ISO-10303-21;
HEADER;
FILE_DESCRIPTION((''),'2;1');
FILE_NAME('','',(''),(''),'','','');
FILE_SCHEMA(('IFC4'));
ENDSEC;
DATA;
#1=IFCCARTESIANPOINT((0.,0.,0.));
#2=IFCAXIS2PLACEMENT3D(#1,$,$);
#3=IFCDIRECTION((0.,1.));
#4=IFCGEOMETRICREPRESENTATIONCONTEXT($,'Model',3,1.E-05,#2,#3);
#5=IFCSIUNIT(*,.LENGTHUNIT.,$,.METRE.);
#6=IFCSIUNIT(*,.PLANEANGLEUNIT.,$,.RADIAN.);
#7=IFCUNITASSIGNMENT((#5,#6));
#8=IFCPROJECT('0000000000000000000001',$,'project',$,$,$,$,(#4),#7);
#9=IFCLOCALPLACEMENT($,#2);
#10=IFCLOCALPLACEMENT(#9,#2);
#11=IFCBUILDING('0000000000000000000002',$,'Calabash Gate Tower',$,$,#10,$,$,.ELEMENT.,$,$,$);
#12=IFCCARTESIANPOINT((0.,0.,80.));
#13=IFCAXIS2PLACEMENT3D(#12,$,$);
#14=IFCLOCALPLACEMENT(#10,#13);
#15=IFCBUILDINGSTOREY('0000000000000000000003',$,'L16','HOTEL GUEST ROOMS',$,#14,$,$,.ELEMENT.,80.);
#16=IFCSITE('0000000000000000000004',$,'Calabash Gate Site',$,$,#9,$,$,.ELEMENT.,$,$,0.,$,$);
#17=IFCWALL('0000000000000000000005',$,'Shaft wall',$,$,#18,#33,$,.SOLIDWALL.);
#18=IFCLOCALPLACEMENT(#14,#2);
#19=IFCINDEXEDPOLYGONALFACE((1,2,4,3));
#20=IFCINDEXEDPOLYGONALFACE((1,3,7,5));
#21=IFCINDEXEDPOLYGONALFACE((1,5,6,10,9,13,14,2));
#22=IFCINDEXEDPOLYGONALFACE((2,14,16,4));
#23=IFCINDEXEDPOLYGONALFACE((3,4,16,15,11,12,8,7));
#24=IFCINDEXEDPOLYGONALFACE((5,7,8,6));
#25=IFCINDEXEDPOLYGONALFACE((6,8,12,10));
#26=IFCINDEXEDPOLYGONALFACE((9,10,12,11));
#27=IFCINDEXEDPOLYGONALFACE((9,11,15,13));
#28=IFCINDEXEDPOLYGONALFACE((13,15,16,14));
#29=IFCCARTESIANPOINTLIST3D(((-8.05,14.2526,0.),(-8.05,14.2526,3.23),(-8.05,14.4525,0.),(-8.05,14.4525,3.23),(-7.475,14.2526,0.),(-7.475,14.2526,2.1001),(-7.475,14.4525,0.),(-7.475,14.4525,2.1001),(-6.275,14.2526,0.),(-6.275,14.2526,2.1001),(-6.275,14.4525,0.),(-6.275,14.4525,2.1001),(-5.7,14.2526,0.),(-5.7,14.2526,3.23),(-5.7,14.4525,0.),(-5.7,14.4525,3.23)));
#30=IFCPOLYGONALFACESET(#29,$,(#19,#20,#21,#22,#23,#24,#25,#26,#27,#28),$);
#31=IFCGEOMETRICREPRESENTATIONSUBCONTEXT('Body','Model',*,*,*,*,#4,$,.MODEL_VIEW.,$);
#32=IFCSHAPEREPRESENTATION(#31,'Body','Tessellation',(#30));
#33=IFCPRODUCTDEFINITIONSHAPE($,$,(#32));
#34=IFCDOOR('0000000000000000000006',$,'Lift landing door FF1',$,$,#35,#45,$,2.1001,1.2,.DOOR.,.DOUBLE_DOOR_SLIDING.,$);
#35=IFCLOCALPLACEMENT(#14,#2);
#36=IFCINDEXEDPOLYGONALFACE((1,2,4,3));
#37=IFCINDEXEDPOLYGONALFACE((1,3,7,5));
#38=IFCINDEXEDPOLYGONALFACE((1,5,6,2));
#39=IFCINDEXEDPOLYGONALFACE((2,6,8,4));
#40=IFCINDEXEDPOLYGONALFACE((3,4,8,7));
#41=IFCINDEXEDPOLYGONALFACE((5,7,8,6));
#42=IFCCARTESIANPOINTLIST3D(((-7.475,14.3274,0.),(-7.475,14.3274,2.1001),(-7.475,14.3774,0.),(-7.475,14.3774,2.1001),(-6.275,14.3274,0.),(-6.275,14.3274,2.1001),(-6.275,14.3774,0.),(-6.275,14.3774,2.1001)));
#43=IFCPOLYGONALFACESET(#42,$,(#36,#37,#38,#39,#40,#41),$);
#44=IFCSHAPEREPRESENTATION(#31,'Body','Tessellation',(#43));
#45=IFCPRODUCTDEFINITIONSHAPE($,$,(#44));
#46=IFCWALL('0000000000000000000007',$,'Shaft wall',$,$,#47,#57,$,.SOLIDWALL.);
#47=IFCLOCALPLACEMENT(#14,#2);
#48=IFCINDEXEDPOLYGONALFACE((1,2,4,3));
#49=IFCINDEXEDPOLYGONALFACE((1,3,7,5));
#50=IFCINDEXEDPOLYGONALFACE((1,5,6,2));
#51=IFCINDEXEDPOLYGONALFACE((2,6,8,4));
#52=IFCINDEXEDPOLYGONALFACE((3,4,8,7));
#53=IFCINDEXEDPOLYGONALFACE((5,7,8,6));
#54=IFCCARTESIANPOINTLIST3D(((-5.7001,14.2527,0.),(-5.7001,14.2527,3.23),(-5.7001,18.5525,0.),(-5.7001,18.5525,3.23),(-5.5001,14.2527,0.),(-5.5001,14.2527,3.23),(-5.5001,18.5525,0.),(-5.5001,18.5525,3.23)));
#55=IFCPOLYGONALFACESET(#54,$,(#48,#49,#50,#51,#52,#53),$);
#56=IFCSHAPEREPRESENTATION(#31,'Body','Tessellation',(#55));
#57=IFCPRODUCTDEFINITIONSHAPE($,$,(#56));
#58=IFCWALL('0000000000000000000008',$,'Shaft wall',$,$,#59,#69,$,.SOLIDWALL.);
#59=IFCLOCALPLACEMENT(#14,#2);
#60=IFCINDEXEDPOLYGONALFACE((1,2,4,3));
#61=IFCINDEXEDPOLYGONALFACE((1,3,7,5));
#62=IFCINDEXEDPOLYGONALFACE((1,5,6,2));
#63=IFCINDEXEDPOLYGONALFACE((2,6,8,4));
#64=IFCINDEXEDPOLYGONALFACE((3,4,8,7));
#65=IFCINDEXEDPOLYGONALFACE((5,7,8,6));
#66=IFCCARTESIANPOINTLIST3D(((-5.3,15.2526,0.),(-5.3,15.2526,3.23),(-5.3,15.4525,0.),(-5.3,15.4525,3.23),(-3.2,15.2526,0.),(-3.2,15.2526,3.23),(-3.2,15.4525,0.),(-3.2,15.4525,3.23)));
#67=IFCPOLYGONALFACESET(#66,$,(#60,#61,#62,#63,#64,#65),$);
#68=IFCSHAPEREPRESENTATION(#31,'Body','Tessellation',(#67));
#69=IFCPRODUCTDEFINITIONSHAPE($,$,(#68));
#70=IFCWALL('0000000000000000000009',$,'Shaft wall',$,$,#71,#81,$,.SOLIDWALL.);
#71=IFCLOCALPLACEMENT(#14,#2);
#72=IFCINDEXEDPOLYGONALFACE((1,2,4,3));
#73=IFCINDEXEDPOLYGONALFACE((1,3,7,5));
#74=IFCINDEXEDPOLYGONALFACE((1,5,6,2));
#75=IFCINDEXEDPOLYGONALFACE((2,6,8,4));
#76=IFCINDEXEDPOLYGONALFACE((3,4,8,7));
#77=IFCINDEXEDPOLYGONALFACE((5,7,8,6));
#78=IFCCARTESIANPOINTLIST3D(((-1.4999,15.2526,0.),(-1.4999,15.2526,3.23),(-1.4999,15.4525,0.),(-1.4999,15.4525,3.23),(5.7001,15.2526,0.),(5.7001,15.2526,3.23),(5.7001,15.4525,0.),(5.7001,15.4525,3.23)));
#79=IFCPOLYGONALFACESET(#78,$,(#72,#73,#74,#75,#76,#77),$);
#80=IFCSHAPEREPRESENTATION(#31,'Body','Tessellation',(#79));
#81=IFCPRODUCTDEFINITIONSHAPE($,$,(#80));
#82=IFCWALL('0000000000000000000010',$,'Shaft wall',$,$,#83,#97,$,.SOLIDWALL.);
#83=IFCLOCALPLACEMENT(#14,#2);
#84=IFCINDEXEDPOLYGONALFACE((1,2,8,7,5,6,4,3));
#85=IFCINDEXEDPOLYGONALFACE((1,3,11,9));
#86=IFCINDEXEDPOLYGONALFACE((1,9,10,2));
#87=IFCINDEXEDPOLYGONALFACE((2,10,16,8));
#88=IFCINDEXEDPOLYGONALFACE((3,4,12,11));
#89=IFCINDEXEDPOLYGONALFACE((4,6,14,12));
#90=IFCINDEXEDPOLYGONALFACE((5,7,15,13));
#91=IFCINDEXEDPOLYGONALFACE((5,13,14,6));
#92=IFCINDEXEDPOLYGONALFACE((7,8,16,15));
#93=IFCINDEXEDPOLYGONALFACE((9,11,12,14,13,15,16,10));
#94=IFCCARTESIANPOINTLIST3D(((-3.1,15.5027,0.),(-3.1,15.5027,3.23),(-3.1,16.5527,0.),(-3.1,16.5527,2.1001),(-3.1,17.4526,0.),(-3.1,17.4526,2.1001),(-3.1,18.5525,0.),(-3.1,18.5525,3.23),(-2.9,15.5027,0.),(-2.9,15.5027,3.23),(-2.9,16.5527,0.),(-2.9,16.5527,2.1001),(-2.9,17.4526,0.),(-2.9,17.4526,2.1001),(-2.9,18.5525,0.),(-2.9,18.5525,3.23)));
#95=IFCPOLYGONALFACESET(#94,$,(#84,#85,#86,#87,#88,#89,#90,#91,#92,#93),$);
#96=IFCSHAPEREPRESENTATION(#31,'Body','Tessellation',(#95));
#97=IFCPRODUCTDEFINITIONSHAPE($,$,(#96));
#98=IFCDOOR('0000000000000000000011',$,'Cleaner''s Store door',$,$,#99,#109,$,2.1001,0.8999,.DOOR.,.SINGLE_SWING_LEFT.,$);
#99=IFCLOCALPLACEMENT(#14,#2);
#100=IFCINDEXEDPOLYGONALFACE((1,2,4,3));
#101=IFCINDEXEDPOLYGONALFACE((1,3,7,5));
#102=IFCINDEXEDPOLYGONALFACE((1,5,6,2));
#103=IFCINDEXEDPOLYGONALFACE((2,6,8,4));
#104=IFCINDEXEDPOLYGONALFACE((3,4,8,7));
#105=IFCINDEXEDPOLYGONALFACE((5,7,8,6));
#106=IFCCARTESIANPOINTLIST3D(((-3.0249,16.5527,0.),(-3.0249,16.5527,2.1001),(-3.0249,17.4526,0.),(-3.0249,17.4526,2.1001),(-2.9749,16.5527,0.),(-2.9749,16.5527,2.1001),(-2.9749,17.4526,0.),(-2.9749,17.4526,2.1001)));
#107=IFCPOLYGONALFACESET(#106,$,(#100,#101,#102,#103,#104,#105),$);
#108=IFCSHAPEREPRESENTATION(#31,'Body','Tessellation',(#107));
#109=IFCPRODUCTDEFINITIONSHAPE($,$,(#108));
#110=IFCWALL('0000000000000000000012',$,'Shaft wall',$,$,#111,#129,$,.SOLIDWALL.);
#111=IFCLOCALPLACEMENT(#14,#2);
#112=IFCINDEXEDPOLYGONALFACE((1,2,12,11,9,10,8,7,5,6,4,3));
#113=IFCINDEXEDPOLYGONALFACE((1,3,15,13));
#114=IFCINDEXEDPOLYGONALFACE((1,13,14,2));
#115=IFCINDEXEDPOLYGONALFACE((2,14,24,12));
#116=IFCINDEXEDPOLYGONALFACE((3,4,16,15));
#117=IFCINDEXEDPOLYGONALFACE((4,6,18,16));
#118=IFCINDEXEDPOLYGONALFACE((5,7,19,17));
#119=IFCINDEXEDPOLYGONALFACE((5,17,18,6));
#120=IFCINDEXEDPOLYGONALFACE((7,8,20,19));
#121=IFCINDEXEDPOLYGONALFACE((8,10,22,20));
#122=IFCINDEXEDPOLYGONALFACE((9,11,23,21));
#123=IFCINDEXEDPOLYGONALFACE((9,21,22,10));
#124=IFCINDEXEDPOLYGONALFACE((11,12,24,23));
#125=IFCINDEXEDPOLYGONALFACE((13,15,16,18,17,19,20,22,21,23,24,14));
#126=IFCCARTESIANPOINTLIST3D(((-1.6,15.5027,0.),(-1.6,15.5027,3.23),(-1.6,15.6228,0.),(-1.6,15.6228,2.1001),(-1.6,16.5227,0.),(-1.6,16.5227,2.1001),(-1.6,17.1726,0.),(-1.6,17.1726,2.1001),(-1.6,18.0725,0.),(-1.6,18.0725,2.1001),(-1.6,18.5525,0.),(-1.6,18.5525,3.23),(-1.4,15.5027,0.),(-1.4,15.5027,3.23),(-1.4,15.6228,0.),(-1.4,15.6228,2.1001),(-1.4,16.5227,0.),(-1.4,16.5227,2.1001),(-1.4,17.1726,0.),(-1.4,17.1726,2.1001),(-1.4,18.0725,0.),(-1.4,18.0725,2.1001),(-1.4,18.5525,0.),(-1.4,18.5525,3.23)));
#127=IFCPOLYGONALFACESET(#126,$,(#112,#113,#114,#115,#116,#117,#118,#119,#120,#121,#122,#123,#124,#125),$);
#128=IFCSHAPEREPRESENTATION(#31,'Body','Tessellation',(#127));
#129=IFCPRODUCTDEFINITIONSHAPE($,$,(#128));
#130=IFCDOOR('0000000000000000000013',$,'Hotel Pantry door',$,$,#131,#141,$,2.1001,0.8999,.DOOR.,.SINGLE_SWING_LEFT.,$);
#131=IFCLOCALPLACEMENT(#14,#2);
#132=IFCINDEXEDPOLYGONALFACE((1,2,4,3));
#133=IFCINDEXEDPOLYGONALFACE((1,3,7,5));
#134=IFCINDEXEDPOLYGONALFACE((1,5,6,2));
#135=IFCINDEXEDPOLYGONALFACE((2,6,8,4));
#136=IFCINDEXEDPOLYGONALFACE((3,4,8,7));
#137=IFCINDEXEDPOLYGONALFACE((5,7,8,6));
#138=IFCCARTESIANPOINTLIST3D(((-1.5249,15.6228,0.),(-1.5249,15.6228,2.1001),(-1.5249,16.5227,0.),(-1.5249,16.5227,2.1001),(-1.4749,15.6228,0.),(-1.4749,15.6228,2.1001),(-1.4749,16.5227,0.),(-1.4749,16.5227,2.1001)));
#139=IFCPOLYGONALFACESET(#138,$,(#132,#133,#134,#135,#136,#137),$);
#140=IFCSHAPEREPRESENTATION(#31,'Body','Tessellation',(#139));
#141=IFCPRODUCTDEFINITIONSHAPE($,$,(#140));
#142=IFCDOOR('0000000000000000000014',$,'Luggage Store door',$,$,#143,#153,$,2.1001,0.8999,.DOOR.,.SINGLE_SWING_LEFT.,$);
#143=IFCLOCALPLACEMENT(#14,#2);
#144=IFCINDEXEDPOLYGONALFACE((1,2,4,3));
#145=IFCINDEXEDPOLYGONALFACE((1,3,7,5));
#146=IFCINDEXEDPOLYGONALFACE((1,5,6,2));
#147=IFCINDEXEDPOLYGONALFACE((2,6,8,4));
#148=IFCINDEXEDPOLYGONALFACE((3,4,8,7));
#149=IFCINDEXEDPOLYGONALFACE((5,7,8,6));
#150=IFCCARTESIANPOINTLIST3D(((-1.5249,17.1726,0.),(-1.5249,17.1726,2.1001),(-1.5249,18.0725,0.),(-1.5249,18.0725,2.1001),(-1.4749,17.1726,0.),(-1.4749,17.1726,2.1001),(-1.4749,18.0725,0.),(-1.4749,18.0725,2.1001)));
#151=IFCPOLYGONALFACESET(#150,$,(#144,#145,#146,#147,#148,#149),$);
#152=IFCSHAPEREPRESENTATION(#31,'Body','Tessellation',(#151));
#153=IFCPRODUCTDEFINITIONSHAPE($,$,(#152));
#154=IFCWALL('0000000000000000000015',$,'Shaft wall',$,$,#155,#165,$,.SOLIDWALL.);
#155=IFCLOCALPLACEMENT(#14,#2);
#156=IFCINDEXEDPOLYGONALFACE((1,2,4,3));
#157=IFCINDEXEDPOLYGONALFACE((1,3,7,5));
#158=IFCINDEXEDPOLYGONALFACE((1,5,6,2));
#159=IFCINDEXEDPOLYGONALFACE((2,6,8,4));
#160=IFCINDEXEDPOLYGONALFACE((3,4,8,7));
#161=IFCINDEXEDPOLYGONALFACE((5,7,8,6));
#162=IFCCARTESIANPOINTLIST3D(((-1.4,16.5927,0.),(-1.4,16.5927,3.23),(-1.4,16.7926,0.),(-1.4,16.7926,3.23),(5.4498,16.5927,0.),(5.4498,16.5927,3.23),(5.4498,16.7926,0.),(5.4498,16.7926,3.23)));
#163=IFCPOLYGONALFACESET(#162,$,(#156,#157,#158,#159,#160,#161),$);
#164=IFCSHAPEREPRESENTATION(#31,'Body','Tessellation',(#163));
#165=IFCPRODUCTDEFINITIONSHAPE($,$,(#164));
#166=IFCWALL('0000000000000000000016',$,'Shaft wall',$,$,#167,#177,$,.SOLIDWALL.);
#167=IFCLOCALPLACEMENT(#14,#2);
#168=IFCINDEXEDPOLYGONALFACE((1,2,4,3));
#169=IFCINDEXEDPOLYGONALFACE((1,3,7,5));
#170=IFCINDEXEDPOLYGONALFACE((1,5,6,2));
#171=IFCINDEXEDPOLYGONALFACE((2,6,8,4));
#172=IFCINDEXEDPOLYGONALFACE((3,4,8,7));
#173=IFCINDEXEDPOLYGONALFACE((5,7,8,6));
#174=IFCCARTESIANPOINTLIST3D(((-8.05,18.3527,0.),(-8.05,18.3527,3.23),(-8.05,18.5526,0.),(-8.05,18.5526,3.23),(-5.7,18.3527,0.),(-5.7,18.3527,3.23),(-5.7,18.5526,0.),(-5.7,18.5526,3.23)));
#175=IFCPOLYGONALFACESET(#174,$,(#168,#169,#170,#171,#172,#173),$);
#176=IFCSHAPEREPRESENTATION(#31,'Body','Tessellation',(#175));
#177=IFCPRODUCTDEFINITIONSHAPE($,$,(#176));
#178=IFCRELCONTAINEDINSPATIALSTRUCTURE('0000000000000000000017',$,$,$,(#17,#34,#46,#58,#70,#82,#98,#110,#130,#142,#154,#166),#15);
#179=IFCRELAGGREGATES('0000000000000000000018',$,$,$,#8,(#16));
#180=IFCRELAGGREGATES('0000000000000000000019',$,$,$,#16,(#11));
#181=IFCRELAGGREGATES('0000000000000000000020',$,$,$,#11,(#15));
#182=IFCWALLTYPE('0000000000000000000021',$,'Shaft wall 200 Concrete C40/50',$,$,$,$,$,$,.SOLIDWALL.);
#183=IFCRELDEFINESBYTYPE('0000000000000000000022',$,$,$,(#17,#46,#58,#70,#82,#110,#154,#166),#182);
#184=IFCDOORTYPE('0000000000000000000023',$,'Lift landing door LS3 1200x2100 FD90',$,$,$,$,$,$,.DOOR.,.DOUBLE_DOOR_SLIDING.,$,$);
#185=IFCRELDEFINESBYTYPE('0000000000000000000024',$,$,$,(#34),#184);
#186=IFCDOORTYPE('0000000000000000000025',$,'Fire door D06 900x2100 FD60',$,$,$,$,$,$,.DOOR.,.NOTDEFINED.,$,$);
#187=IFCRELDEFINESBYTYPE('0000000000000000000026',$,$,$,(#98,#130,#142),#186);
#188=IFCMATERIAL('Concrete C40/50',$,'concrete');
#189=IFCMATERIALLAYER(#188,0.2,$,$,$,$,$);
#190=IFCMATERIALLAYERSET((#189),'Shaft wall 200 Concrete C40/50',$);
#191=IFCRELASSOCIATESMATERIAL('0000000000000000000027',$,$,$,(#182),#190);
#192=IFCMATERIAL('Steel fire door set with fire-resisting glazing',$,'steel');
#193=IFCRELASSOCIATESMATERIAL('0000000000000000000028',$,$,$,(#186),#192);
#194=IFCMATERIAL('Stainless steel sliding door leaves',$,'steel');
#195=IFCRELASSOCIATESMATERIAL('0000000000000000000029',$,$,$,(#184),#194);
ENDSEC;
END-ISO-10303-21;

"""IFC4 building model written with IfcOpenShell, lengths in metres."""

from ifc_helpers import new_model, si_unit, direction, frame, frame_2d, origin, place, context, subcontext, project, spatial, rectangle, extrude, material, layer, layer_set, type_object, element, fill, save


model = new_model("IFC4")

# Units and contexts
model_context = context("Model", 3, precision=1e-05, world=origin(), true_north=direction((0.0, 1.0)))
body_context = subcontext(model_context, "Body", "Model", "MODEL_VIEW")
ifc_project = project(units=[si_unit("LENGTHUNIT", "METRE"), si_unit("PLANEANGLEUNIT", "RADIAN")], contexts=[model_context])

# Site, building, storey
site_placement = place(None, origin())
site = spatial("IfcSite", under=ifc_project, at=site_placement, Name="Calabash Gate Site", CompositionType="ELEMENT", RefElevation=0.0)
building_placement = place(site_placement, origin())
building = spatial("IfcBuilding", under=site, at=building_placement, Name="Calabash Gate Tower", CompositionType="ELEMENT")
storey_placement = place(building_placement, frame((0.0, 0.0, 80.0)))
storey = spatial("IfcBuildingStorey", under=building, at=storey_placement, Name="L16", Description="HOTEL GUEST ROOMS", CompositionType="ELEMENT", Elevation=80.0)

# Shared definitions
ifc_material_1 = material(Name="Concrete C40/50", Category="concrete")
ifc_layer_1 = layer(ifc_material_1, 0.2)
ifc_layer_set_1 = layer_set([ifc_layer_1], Name="Shaft wall 200 Concrete C40/50")
wall_type_1 = type_object("IfcWallType", Name="Shaft wall 200 Concrete C40/50", PredefinedType="SOLIDWALL", material=ifc_layer_set_1)

# Shared definitions
ifc_material_2 = material(Name="Steel fire door set with fire-resisting glazing", Category="steel")
door_type_1 = type_object("IfcDoorType", Name="Fire door D06 900x2100 FD60", OperationType="NOTDEFINED", PredefinedType="DOOR", material=ifc_material_2)

# Wall, opening, door
wall_1_placement = place(storey_placement, frame((-8.05, 14.3525, 0.0), z_axis=(0.0, 0.0, 1.0), x_axis=(1.0, 0.0, 0.0)))
wall_1 = element("IfcWall", 1, at=wall_1_placement, inside=storey, type_object=wall_type_1, Name="Shaft wall", PredefinedType="SOLIDWALL", context=body_context, shape_type="SweptSolid", body=[
    extrude(rectangle(XDim=2.3501, YDim=0.2, at=frame_2d((1.175, 0.0))), origin(), (0.0, 0.0, 1.0), 3.23),
])
opening_1_placement = place(wall_1_placement, frame((0.575, 0.0, 0.0)))
opening_1 = element("IfcOpeningElement", 2, at=opening_1_placement, cuts=wall_1, PredefinedType="OPENING", context=body_context, shape_type="SweptSolid", body=[
    extrude(rectangle(XDim=1.2, YDim=2.1001, at=frame_2d((0.6001, 1.05))), frame((0.0, 0.1099, 0.0), z_axis=(0.0, -1.0, 0.0), x_axis=(1.0, 0.0, 0.0)), (0.0, 0.0, 1.0), 0.22),
])
ifc_material_3 = material(Name="Stainless steel sliding door leaves", Category="steel")
door_type_2 = type_object("IfcDoorType", Name="Lift landing door LS3 1200x2100 FD90", OperationType="DOUBLE_DOOR_SLIDING", PredefinedType="DOOR", material=ifc_material_3)
door_1_placement = place(opening_1_placement, origin())
door_1 = element("IfcDoor", 3, at=door_1_placement, inside=storey, type_object=door_type_2, Name="Lift landing door FF1", OperationType="DOUBLE_DOOR_SLIDING", OverallHeight=2.1001, OverallWidth=1.2, PredefinedType="DOOR", context=body_context, shape_type="SweptSolid", body=[
    extrude(rectangle(XDim=1.2, YDim=2.1001, at=frame_2d((0.6001, 1.05))), frame((0.0, 0.0249, 0.0), z_axis=(0.0, -1.0, 0.0), x_axis=(1.0, 0.0, 0.0)), (0.0, 0.0, 1.0), 0.05),
])
fill(opening_1, door_1)

# Walls
wall_2_placement = place(storey_placement, frame((-5.6001, 14.2527, 0.0), z_axis=(0.0, 0.0, 1.0), x_axis=(0.0, 1.0, 0.0)))
element("IfcWall", 4, at=wall_2_placement, inside=storey, type_object=wall_type_1, Name="Shaft wall", PredefinedType="SOLIDWALL", context=body_context, shape_type="SweptSolid", body=[
    extrude(rectangle(XDim=4.2998, YDim=0.2, at=frame_2d((2.1499, 0.0))), origin(), (0.0, 0.0, 1.0), 3.23),
])
wall_3_placement = place(storey_placement, frame((-5.3, 15.3525, 0.0), z_axis=(0.0, 0.0, 1.0), x_axis=(1.0, 0.0, 0.0)))
element("IfcWall", 5, at=wall_3_placement, inside=storey, type_object=wall_type_1, Name="Shaft wall", PredefinedType="SOLIDWALL", context=body_context, shape_type="SweptSolid", body=[
    extrude(rectangle(XDim=2.1001, YDim=0.2, at=frame_2d((1.05, 0.0))), origin(), (0.0, 0.0, 1.0), 3.23),
])
wall_4_placement = place(storey_placement, frame((-1.5, 15.3525, 0.0), z_axis=(0.0, 0.0, 1.0), x_axis=(1.0, 0.0, 0.0)))
element("IfcWall", 6, at=wall_4_placement, inside=storey, type_object=wall_type_1, Name="Shaft wall", PredefinedType="SOLIDWALL", context=body_context, shape_type="SweptSolid", body=[
    extrude(rectangle(XDim=7.2, YDim=0.2, at=frame_2d((3.6001, 0.0))), origin(), (0.0, 0.0, 1.0), 3.23),
])

# Wall, opening, door
wall_5_placement = place(storey_placement, frame((-3.0, 15.5027, 0.0), z_axis=(0.0, 0.0, 1.0), x_axis=(0.0, 1.0, 0.0)))
wall_5 = element("IfcWall", 7, at=wall_5_placement, inside=storey, type_object=wall_type_1, Name="Shaft wall", PredefinedType="SOLIDWALL", context=body_context, shape_type="SweptSolid", body=[
    extrude(rectangle(XDim=3.0498, YDim=0.2, at=frame_2d((1.5249, 0.0))), origin(), (0.0, 0.0, 1.0), 3.23),
])
opening_2_placement = place(wall_5_placement, frame((1.05, 0.0, 0.0)))
opening_2 = element("IfcOpeningElement", 8, at=opening_2_placement, cuts=wall_5, PredefinedType="OPENING", context=body_context, shape_type="SweptSolid", body=[
    extrude(rectangle(XDim=0.8999, YDim=2.1001, at=frame_2d((0.45, 1.05))), frame((0.0, 0.1099, 0.0), z_axis=(0.0, -1.0, 0.0), x_axis=(1.0, 0.0, 0.0)), (0.0, 0.0, 1.0), 0.22),
])
door_2_placement = place(opening_2_placement, origin())
door_2 = element("IfcDoor", 9, at=door_2_placement, inside=storey, type_object=door_type_1, Name="Cleaner's Store door", OperationType="SINGLE_SWING_LEFT", OverallHeight=2.1001, OverallWidth=0.8999, PredefinedType="DOOR", context=body_context, shape_type="SweptSolid", body=[
    extrude(rectangle(XDim=0.8999, YDim=2.1001, at=frame_2d((0.45, 1.05))), frame((0.0, 0.0249, 0.0), z_axis=(0.0, -1.0, 0.0), x_axis=(1.0, 0.0, 0.0)), (0.0, 0.0, 1.0), 0.05),
])
fill(opening_2, door_2)

# Wall, openings, doors
wall_6_placement = place(storey_placement, frame((-1.5, 15.5027, 0.0), z_axis=(0.0, 0.0, 1.0), x_axis=(0.0, 1.0, 0.0)))
wall_6 = element("IfcWall", 10, at=wall_6_placement, inside=storey, type_object=wall_type_1, Name="Shaft wall", PredefinedType="SOLIDWALL", context=body_context, shape_type="SweptSolid", body=[
    extrude(rectangle(XDim=3.0498, YDim=0.2, at=frame_2d((1.5249, 0.0))), origin(), (0.0, 0.0, 1.0), 3.23),
])
opening_3_placement = place(wall_6_placement, frame((0.1201, 0.0, 0.0)))
opening_3 = element("IfcOpeningElement", 11, at=opening_3_placement, cuts=wall_6, PredefinedType="OPENING", context=body_context, shape_type="SweptSolid", body=[
    extrude(rectangle(XDim=0.8999, YDim=2.1001, at=frame_2d((0.45, 1.05))), frame((0.0, 0.1099, 0.0), z_axis=(0.0, -1.0, 0.0), x_axis=(1.0, 0.0, 0.0)), (0.0, 0.0, 1.0), 0.22),
])
opening_4_placement = place(wall_6_placement, frame((1.6699, 0.0, 0.0)))
opening_4 = element("IfcOpeningElement", 12, at=opening_4_placement, cuts=wall_6, PredefinedType="OPENING", context=body_context, shape_type="SweptSolid", body=[
    extrude(rectangle(XDim=0.8999, YDim=2.1001, at=frame_2d((0.45, 1.05))), frame((0.0, 0.1099, 0.0), z_axis=(0.0, -1.0, 0.0), x_axis=(1.0, 0.0, 0.0)), (0.0, 0.0, 1.0), 0.22),
])
door_3_placement = place(opening_3_placement, origin())
door_3 = element("IfcDoor", 13, at=door_3_placement, inside=storey, type_object=door_type_1, Name="Hotel Pantry door", OperationType="SINGLE_SWING_LEFT", OverallHeight=2.1001, OverallWidth=0.8999, PredefinedType="DOOR", context=body_context, shape_type="SweptSolid", body=[
    extrude(rectangle(XDim=0.8999, YDim=2.1001, at=frame_2d((0.45, 1.05))), frame((0.0, 0.0249, 0.0), z_axis=(0.0, -1.0, 0.0), x_axis=(1.0, 0.0, 0.0)), (0.0, 0.0, 1.0), 0.05),
])
fill(opening_3, door_3)
door_4_placement = place(opening_4_placement, origin())
door_4 = element("IfcDoor", 14, at=door_4_placement, inside=storey, type_object=door_type_1, Name="Luggage Store door", OperationType="SINGLE_SWING_LEFT", OverallHeight=2.1001, OverallWidth=0.8999, PredefinedType="DOOR", context=body_context, shape_type="SweptSolid", body=[
    extrude(rectangle(XDim=0.8999, YDim=2.1001, at=frame_2d((0.45, 1.05))), frame((0.0, 0.0249, 0.0), z_axis=(0.0, -1.0, 0.0), x_axis=(1.0, 0.0, 0.0)), (0.0, 0.0, 1.0), 0.05),
])
fill(opening_4, door_4)

# Walls
wall_7_placement = place(storey_placement, frame((-1.3999, 16.6926, 0.0), z_axis=(0.0, 0.0, 1.0), x_axis=(1.0, 0.0, 0.0)))
element("IfcWall", 15, at=wall_7_placement, inside=storey, type_object=wall_type_1, Name="Shaft wall", PredefinedType="SOLIDWALL", context=body_context, shape_type="SweptSolid", body=[
    extrude(rectangle(XDim=6.8499, YDim=0.2, at=frame_2d((3.4248, 0.0))), origin(), (0.0, 0.0, 1.0), 3.23),
])
wall_8_placement = place(storey_placement, frame((-8.05, 18.4526, 0.0), z_axis=(0.0, 0.0, 1.0), x_axis=(1.0, 0.0, 0.0)))
element("IfcWall", 16, at=wall_8_placement, inside=storey, type_object=wall_type_1, Name="Shaft wall", PredefinedType="SOLIDWALL", context=body_context, shape_type="SweptSolid", body=[
    extrude(rectangle(XDim=2.3501, YDim=0.2, at=frame_2d((1.175, 0.0))), origin(), (0.0, 0.0, 1.0), 3.23),
])

save(model, "model.ifc")
